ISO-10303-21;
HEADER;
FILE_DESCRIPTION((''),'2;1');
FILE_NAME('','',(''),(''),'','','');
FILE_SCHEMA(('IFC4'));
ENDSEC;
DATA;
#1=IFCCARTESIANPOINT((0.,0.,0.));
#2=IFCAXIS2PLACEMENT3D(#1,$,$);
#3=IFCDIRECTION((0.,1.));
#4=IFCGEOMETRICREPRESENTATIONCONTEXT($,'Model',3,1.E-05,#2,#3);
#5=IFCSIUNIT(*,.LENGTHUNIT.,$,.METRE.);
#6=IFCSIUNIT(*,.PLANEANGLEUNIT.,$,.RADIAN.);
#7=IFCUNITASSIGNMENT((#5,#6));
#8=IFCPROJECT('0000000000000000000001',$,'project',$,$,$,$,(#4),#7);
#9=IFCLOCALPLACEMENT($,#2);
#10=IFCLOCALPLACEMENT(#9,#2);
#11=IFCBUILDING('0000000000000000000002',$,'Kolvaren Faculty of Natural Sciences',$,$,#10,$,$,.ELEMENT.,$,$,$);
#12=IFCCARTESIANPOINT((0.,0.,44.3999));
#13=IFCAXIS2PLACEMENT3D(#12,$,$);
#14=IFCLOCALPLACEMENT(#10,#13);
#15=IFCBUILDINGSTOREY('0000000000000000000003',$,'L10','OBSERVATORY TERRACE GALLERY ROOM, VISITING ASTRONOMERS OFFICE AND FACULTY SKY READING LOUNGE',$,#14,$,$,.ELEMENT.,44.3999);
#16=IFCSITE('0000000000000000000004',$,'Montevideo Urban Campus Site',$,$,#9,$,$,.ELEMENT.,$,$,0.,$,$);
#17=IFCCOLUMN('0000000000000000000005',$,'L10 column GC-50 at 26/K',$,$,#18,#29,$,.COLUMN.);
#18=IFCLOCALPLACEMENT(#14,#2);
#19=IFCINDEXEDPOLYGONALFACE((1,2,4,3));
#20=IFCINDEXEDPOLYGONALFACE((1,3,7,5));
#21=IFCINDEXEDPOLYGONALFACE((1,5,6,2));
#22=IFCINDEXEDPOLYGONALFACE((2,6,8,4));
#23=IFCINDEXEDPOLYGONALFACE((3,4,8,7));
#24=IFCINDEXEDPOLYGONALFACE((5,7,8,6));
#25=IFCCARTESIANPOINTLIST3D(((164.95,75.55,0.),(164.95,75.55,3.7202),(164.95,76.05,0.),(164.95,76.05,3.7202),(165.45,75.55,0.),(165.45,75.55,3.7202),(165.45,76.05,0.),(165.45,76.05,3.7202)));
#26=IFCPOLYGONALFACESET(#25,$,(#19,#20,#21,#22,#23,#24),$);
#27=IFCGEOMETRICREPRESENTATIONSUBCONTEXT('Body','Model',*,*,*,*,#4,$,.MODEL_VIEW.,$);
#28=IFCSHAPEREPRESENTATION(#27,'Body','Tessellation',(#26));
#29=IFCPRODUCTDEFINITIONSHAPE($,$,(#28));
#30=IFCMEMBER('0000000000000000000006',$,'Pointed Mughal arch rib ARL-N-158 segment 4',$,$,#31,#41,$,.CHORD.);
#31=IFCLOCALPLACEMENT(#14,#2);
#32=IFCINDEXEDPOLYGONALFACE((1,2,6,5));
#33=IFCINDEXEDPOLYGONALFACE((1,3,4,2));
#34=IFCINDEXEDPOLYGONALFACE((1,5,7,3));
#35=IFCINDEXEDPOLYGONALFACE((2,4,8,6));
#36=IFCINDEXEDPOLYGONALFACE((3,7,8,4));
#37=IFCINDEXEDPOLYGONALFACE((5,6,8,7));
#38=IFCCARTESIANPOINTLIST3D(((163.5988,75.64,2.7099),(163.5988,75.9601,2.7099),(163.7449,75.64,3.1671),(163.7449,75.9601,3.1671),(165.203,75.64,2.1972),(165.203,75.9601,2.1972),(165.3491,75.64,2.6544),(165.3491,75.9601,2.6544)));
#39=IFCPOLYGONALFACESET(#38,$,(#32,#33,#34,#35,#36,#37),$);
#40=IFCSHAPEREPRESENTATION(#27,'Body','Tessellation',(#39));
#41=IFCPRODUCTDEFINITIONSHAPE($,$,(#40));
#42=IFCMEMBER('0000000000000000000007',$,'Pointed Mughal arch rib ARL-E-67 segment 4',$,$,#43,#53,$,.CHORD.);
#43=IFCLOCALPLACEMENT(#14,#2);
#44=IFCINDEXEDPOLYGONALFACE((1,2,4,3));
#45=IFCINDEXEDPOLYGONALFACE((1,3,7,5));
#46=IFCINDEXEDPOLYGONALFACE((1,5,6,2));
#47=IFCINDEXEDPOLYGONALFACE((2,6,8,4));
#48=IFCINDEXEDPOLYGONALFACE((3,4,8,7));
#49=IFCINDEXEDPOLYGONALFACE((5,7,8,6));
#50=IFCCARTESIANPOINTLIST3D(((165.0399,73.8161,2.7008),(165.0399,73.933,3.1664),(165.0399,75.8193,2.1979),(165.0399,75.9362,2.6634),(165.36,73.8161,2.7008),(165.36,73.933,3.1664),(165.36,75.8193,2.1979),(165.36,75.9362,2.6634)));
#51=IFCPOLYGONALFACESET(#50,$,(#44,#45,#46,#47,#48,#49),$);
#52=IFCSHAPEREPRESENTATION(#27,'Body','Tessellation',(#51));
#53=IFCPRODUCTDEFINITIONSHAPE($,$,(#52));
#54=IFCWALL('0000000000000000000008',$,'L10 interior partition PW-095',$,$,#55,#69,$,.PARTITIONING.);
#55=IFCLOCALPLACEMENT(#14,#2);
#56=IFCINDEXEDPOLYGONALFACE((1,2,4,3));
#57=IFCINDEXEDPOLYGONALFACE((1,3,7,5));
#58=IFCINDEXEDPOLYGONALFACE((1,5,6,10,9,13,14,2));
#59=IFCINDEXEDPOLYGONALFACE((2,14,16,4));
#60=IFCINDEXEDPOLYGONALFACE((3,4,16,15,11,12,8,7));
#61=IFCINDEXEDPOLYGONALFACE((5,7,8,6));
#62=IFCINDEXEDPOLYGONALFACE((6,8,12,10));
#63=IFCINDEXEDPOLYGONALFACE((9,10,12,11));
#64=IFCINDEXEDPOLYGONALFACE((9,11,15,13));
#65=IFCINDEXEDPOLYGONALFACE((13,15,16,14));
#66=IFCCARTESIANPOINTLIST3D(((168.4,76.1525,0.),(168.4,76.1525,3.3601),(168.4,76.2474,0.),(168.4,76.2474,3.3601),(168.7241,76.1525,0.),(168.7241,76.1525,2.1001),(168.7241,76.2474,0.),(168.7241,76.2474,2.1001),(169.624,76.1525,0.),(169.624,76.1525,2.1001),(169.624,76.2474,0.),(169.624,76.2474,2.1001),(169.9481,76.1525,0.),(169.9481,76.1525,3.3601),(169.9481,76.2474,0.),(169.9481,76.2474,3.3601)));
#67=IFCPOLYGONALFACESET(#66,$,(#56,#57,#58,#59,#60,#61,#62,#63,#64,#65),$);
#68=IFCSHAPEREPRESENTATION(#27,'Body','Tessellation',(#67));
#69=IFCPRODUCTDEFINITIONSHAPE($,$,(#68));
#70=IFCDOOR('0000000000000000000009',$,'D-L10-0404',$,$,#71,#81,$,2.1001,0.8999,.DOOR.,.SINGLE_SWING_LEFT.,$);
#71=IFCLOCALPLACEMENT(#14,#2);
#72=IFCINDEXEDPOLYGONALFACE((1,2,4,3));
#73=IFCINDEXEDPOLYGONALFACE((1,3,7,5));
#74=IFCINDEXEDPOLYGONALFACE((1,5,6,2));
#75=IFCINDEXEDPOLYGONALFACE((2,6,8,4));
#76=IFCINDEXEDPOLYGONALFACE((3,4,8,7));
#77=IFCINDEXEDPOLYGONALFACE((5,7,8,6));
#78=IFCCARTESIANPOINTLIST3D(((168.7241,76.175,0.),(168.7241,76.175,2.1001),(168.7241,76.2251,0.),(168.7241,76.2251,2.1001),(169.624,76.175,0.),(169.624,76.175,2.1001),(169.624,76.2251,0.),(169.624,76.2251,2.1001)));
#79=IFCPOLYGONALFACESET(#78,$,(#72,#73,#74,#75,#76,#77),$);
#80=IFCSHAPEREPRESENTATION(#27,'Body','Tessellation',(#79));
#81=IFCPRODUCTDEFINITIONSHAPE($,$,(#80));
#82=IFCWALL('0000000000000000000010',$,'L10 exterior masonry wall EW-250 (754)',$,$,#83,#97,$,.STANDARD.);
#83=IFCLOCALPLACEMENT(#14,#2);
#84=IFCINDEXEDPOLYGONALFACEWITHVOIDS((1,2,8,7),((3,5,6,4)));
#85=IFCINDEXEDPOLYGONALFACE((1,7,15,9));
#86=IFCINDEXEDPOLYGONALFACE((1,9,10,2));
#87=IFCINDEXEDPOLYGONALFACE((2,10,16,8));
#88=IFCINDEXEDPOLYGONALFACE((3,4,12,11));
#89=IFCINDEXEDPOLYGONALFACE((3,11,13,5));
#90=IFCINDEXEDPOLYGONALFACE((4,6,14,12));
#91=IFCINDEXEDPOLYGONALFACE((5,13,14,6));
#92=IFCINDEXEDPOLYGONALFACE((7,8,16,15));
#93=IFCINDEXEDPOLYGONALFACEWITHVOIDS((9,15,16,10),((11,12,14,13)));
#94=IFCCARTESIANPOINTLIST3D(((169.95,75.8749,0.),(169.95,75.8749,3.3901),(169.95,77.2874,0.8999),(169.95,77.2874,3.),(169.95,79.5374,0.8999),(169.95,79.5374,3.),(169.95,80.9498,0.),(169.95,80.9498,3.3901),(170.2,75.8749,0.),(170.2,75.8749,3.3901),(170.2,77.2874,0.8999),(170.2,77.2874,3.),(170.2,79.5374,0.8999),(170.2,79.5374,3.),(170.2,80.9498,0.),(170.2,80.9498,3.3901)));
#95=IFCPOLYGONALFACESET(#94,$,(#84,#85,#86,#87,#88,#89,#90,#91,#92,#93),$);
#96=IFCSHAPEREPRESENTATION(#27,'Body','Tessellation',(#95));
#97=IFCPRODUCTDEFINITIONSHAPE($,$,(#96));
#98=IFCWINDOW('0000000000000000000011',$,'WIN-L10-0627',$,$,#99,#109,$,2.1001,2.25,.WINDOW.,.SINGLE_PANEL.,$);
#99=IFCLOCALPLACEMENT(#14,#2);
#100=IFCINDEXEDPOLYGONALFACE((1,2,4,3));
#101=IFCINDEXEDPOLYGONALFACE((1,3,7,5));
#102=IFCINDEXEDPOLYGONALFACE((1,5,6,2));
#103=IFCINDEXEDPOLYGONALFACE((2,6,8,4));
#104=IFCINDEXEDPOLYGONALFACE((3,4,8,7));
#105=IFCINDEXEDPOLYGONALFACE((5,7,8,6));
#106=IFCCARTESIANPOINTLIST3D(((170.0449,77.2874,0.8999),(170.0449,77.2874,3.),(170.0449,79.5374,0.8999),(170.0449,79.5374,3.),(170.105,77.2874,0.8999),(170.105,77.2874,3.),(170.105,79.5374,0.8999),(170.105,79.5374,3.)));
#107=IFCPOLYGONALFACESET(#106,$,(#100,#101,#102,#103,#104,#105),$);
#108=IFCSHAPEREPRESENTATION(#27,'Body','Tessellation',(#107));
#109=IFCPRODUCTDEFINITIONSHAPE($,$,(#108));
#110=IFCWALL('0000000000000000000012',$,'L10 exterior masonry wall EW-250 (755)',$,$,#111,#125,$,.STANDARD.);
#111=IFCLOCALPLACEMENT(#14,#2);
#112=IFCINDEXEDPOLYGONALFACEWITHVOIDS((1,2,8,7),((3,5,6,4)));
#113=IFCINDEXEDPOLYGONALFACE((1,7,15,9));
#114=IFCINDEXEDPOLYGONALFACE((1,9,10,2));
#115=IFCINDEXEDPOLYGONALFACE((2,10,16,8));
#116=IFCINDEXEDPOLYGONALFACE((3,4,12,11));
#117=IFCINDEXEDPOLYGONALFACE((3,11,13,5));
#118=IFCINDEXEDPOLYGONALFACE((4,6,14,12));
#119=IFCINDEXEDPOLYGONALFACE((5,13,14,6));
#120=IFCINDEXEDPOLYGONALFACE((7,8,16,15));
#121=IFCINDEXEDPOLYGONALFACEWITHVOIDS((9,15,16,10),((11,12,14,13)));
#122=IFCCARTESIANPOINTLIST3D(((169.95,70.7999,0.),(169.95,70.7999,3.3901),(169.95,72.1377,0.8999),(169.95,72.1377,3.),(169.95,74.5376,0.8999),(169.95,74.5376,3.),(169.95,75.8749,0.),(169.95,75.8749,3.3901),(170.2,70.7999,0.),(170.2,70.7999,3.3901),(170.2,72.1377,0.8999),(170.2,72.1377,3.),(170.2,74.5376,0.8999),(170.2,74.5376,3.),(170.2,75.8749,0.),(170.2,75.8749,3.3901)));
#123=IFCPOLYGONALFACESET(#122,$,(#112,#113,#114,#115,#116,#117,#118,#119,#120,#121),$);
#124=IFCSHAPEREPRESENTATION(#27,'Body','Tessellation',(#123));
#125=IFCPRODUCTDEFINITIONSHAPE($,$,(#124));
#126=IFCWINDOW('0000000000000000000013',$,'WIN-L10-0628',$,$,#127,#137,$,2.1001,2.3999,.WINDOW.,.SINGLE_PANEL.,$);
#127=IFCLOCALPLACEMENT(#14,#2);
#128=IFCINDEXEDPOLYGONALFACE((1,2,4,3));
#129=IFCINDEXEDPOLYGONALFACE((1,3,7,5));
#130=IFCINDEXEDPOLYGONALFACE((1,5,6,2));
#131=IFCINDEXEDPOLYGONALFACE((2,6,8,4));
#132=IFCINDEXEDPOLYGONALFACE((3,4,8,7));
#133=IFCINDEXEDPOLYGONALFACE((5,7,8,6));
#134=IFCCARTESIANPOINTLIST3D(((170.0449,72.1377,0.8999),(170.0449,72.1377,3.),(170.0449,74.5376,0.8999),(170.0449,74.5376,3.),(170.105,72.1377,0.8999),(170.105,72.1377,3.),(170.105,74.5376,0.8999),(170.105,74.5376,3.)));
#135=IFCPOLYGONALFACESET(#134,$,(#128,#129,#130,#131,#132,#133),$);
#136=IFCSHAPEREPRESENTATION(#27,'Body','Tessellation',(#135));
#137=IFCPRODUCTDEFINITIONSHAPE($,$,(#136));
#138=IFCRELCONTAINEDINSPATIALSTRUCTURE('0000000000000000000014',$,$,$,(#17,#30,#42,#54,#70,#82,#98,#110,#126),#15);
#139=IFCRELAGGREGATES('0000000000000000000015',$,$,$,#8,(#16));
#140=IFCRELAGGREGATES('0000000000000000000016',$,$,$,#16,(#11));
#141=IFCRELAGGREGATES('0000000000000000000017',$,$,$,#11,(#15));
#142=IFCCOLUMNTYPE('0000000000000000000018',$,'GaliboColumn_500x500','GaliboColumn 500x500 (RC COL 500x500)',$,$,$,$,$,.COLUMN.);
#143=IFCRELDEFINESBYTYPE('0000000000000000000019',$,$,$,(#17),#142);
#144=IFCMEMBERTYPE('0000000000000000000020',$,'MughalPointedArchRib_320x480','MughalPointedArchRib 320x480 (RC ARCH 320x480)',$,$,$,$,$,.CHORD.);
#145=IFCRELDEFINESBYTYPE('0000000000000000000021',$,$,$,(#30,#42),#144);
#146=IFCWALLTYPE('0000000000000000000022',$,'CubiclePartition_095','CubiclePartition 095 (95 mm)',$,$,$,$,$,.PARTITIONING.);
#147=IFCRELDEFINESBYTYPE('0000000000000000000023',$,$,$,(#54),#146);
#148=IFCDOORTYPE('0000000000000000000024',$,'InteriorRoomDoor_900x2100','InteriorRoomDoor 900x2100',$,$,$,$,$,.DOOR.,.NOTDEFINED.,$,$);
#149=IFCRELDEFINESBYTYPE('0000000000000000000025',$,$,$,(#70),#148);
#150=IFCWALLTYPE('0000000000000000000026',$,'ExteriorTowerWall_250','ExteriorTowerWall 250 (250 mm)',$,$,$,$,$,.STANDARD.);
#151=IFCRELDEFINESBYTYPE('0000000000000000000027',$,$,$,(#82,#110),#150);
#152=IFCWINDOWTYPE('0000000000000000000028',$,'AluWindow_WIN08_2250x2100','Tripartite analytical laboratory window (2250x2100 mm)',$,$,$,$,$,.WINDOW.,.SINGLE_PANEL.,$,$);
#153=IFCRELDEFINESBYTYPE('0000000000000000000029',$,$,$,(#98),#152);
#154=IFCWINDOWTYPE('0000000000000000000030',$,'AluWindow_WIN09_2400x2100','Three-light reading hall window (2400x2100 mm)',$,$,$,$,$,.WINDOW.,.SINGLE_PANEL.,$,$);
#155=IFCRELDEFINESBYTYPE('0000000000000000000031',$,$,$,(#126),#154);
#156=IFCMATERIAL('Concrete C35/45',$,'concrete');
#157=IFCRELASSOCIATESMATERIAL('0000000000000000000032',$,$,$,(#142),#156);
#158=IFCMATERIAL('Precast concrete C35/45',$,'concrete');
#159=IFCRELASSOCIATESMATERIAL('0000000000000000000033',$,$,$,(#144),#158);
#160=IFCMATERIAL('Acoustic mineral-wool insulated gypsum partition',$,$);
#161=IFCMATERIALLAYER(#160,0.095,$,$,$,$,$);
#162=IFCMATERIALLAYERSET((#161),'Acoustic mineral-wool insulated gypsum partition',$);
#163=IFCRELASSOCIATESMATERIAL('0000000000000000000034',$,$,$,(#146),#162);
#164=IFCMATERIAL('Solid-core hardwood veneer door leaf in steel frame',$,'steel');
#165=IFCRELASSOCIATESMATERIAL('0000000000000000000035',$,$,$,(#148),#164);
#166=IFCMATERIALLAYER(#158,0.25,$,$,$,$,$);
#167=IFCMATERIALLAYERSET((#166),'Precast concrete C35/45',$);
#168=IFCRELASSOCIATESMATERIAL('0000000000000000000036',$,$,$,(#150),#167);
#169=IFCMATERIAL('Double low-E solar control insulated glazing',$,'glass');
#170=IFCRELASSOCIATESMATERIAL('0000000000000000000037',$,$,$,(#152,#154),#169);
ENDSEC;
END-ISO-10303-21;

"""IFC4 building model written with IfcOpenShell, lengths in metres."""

from ifc_helpers import new_model, si_unit, direction, frame, frame_2d, origin, origin_2d, place, context, subcontext, project, spatial, rectangle, extrude, material, layer, layer_set, material_profile, profile_set, type_object, element, fill, save


model = new_model("IFC4")

# Units and contexts
model_context = context("Model", 3, precision=1e-05, world=origin(), true_north=direction((0.0, 1.0)))
body_context = subcontext(model_context, "Body", "Model", "MODEL_VIEW")
ifc_project = project(units=[si_unit("LENGTHUNIT", "METRE"), si_unit("PLANEANGLEUNIT", "RADIAN")], contexts=[model_context])

# Site, building, storey
site_placement = place(None, origin())
site = spatial("IfcSite", under=ifc_project, at=site_placement, Name="Montevideo Urban Campus Site", CompositionType="ELEMENT", RefElevation=0.0)
building_placement = place(site_placement, origin())
building = spatial("IfcBuilding", under=site, at=building_placement, Name="Kolvaren Faculty of Natural Sciences", CompositionType="ELEMENT")
storey_placement = place(building_placement, frame((0.0, 0.0, 44.3999)))
storey = spatial("IfcBuildingStorey", under=building, at=storey_placement, Name="L10", Description="OBSERVATORY TERRACE GALLERY ROOM, VISITING ASTRONOMERS OFFICE AND FACULTY SKY READING LOUNGE", CompositionType="ELEMENT", Elevation=44.3999)

# Column
ifc_material_1 = material(Name="Concrete C35/45", Category="concrete")
ifc_material_profile_1 = material_profile(ifc_material_1, rectangle(XDim=0.5, YDim=0.5, at=origin_2d()), Name="RC COL 500x500")
ifc_profile_set_1 = profile_set([ifc_material_profile_1], Name="Concrete C35/45")
column_type = type_object("IfcColumnType", Name="GaliboColumn_500x500", Description="GaliboColumn 500x500 (RC COL 500x500)", PredefinedType="COLUMN", material=ifc_profile_set_1)
column_placement = place(storey_placement, frame((165.2, 75.8, 0.0), z_axis=(0.0, 0.0, 1.0), x_axis=(1.0, 0.0, 0.0)))
element("IfcColumn", 1, at=column_placement, inside=storey, type_object=column_type, Name="L10 column GC-50 at 26/K", PredefinedType="COLUMN", context=body_context, shape_type="SweptSolid", body=[
    extrude(rectangle(XDim=0.5, YDim=0.5, at=origin_2d()), origin(), (0.0, 0.0, 1.0), 3.7202),
])

# Members
ifc_material_2 = material(Name="Precast concrete C35/45", Category="concrete")
ifc_material_profile_2 = material_profile(ifc_material_2, rectangle(XDim=0.3201, YDim=0.48, at=origin_2d()), Name="RC ARCH 320x480")
ifc_profile_set_2 = profile_set([ifc_material_profile_2], Name="Precast concrete C35/45")
member_type = type_object("IfcMemberType", Name="MughalPointedArchRib_320x480", Description="MughalPointedArchRib 320x480 (RC ARCH 320x480)", PredefinedType="CHORD", material=ifc_profile_set_2)
member_1_placement = place(storey_placement, frame((163.6719, 75.8, 2.9385), z_axis=(0.952539, 0.0, -0.304418), x_axis=(0.0, 1.0, 0.0)))
element("IfcMember", 2, at=member_1_placement, inside=storey, type_object=member_type, Name="Pointed Mughal arch rib ARL-N-158 segment 4", PredefinedType="CHORD", context=body_context, shape_type="SweptSolid", body=[
    extrude(rectangle(XDim=0.3201, YDim=0.48, at=origin_2d()), origin(), (0.0, 0.0, 1.0), 1.6841),
])
member_2_placement = place(storey_placement, frame((165.2, 73.8745, 2.9336), z_axis=(0.0, 0.969899, -0.243509), x_axis=(-1.0, 0.0, 0.0)))
element("IfcMember", 3, at=member_2_placement, inside=storey, type_object=member_type, Name="Pointed Mughal arch rib ARL-E-67 segment 4", PredefinedType="CHORD", context=body_context, shape_type="SweptSolid", body=[
    extrude(rectangle(XDim=0.3201, YDim=0.48, at=origin_2d()), origin(), (0.0, 0.0, 1.0), 2.0654),
])

# Wall, opening, door
ifc_material_3 = material(Name="Acoustic mineral-wool insulated gypsum partition")
ifc_layer_1 = layer(ifc_material_3, 0.095)
ifc_layer_set_1 = layer_set([ifc_layer_1], Name="Acoustic mineral-wool insulated gypsum partition")
wall_type_1 = type_object("IfcWallType", Name="CubiclePartition_095", Description="CubiclePartition 095 (95 mm)", PredefinedType="PARTITIONING", material=ifc_layer_set_1)
wall_1_placement = place(storey_placement, frame((169.948, 76.2, 0.0), z_axis=(0.0, 0.0, 1.0), x_axis=(-1.0, 0.0, 0.0)))
wall_1 = element("IfcWall", 4, at=wall_1_placement, inside=storey, type_object=wall_type_1, Name="L10 interior partition PW-095", PredefinedType="PARTITIONING", context=body_context, shape_type="SweptSolid", body=[
    extrude(rectangle(XDim=1.5481, YDim=0.095, at=frame_2d((0.7739, 0.0))), origin(), (0.0, 0.0, 1.0), 3.3601),
])
opening_1_placement = place(wall_1_placement, frame((0.324, 0.0, 0.0)))
opening_1 = element("IfcOpeningElement", 5, at=opening_1_placement, cuts=wall_1, PredefinedType="OPENING", context=body_context, shape_type="SweptSolid", body=[
    extrude(rectangle(XDim=0.8999, YDim=2.1001, at=frame_2d((0.45, 1.05))), frame((0.0, 0.0574, 0.0), z_axis=(0.0, -1.0, 0.0), x_axis=(1.0, 0.0, 0.0)), (0.0, 0.0, 1.0), 0.115),
])
ifc_material_4 = material(Name="Solid-core hardwood veneer door leaf in steel frame", Category="steel")
door_type_1 = type_object("IfcDoorType", Name="InteriorRoomDoor_900x2100", Description="InteriorRoomDoor 900x2100", OperationType="NOTDEFINED", PredefinedType="DOOR", material=ifc_material_4)
door_1_placement = place(opening_1_placement, origin())
door_1 = element("IfcDoor", 6, at=door_1_placement, inside=storey, type_object=door_type_1, Name="D-L10-0404", OperationType="SINGLE_SWING_LEFT", OverallHeight=2.1001, OverallWidth=0.8999, PredefinedType="DOOR", context=body_context, shape_type="SweptSolid", body=[
    extrude(rectangle(XDim=0.8999, YDim=2.1001, at=frame_2d((0.45, 1.05))), frame((0.0, 0.0249, 0.0), z_axis=(0.0, -1.0, 0.0), x_axis=(1.0, 0.0, 0.0)), (0.0, 0.0, 1.0), 0.05),
])
fill(opening_1, door_1)

# Walls, openings, windows
ifc_layer_2 = layer(ifc_material_2, 0.25)
ifc_layer_set_2 = layer_set([ifc_layer_2], Name="Precast concrete C35/45")
wall_type_2 = type_object("IfcWallType", Name="ExteriorTowerWall_250", Description="ExteriorTowerWall 250 (250 mm)", PredefinedType="STANDARD", material=ifc_layer_set_2)
wall_2_placement = place(storey_placement, frame((170.075, 80.95, 0.0), z_axis=(0.0, 0.0, 1.0), x_axis=(0.0, -1.0, 0.0)))
wall_2 = element("IfcWall", 7, at=wall_2_placement, inside=storey, type_object=wall_type_2, Name="L10 exterior masonry wall EW-250 (754)", PredefinedType="STANDARD", context=body_context, shape_type="SweptSolid", body=[
    extrude(rectangle(XDim=5.075, YDim=0.25, at=frame_2d((2.5376, 0.0))), origin(), (0.0, 0.0, 1.0), 3.3901),
])
opening_2_placement = place(wall_2_placement, frame((1.4126, 0.0, 0.8999)))
opening_2 = element("IfcOpeningElement", 8, at=opening_2_placement, cuts=wall_2, PredefinedType="OPENING", context=body_context, shape_type="SweptSolid", body=[
    extrude(rectangle(XDim=2.25, YDim=2.1001, at=frame_2d((1.125, 1.05))), frame((0.0, 0.135, 0.0), z_axis=(0.0, -1.0, 0.0), x_axis=(1.0, 0.0, 0.0)), (0.0, 0.0, 1.0), 0.27),
])
ifc_material_5 = material(Name="Double low-E solar control insulated glazing", Category="glass")
window_type_1 = type_object("IfcWindowType", Name="AluWindow_WIN08_2250x2100", Description="Tripartite analytical laboratory window (2250x2100 mm)", PartitioningType="SINGLE_PANEL", PredefinedType="WINDOW", material=ifc_material_5)
window_1_placement = place(opening_2_placement, origin())
window_1 = element("IfcWindow", 9, at=window_1_placement, inside=storey, type_object=window_type_1, Name="WIN-L10-0627", OverallHeight=2.1001, OverallWidth=2.25, PartitioningType="SINGLE_PANEL", PredefinedType="WINDOW", context=body_context, shape_type="SweptSolid", body=[
    extrude(rectangle(XDim=2.25, YDim=2.1001, at=frame_2d((1.125, 1.05))), frame((0.0, 0.03, 0.0), z_axis=(0.0, -1.0, 0.0), x_axis=(1.0, 0.0, 0.0)), (0.0, 0.0, 1.0), 0.0601),
])
fill(opening_2, window_1)
wall_3_placement = place(storey_placement, frame((170.075, 75.875, 0.0), z_axis=(0.0, 0.0, 1.0), x_axis=(0.0, -1.0, 0.0)))
wall_3 = element("IfcWall", 10, at=wall_3_placement, inside=storey, type_object=wall_type_2, Name="L10 exterior masonry wall EW-250 (755)", PredefinedType="STANDARD", context=body_context, shape_type="SweptSolid", body=[
    extrude(rectangle(XDim=5.075, YDim=0.25, at=frame_2d((2.5376, 0.0))), origin(), (0.0, 0.0, 1.0), 3.3901),
])
opening_3_placement = place(wall_3_placement, frame((1.3374, 0.0, 0.8999)))
opening_3 = element("IfcOpeningElement", 11, at=opening_3_placement, cuts=wall_3, PredefinedType="OPENING", context=body_context, shape_type="SweptSolid", body=[
    extrude(rectangle(XDim=2.3999, YDim=2.1001, at=frame_2d((1.2, 1.05))), frame((0.0, 0.135, 0.0), z_axis=(0.0, -1.0, 0.0), x_axis=(1.0, 0.0, 0.0)), (0.0, 0.0, 1.0), 0.27),
])
window_type_2 = type_object("IfcWindowType", Name="AluWindow_WIN09_2400x2100", Description="Three-light reading hall window (2400x2100 mm)", PartitioningType="SINGLE_PANEL", PredefinedType="WINDOW", material=ifc_material_5)
window_2_placement = place(opening_3_placement, origin())
window_2 = element("IfcWindow", 12, at=window_2_placement, inside=storey, type_object=window_type_2, Name="WIN-L10-0628", OverallHeight=2.1001, OverallWidth=2.3999, PartitioningType="SINGLE_PANEL", PredefinedType="WINDOW", context=body_context, shape_type="SweptSolid", body=[
    extrude(rectangle(XDim=2.3999, YDim=2.1001, at=frame_2d((1.2, 1.05))), frame((0.0, 0.03, 0.0), z_axis=(0.0, -1.0, 0.0), x_axis=(1.0, 0.0, 0.0)), (0.0, 0.0, 1.0), 0.0601),
])
fill(opening_3, window_2)

save(model, "model.ifc")
